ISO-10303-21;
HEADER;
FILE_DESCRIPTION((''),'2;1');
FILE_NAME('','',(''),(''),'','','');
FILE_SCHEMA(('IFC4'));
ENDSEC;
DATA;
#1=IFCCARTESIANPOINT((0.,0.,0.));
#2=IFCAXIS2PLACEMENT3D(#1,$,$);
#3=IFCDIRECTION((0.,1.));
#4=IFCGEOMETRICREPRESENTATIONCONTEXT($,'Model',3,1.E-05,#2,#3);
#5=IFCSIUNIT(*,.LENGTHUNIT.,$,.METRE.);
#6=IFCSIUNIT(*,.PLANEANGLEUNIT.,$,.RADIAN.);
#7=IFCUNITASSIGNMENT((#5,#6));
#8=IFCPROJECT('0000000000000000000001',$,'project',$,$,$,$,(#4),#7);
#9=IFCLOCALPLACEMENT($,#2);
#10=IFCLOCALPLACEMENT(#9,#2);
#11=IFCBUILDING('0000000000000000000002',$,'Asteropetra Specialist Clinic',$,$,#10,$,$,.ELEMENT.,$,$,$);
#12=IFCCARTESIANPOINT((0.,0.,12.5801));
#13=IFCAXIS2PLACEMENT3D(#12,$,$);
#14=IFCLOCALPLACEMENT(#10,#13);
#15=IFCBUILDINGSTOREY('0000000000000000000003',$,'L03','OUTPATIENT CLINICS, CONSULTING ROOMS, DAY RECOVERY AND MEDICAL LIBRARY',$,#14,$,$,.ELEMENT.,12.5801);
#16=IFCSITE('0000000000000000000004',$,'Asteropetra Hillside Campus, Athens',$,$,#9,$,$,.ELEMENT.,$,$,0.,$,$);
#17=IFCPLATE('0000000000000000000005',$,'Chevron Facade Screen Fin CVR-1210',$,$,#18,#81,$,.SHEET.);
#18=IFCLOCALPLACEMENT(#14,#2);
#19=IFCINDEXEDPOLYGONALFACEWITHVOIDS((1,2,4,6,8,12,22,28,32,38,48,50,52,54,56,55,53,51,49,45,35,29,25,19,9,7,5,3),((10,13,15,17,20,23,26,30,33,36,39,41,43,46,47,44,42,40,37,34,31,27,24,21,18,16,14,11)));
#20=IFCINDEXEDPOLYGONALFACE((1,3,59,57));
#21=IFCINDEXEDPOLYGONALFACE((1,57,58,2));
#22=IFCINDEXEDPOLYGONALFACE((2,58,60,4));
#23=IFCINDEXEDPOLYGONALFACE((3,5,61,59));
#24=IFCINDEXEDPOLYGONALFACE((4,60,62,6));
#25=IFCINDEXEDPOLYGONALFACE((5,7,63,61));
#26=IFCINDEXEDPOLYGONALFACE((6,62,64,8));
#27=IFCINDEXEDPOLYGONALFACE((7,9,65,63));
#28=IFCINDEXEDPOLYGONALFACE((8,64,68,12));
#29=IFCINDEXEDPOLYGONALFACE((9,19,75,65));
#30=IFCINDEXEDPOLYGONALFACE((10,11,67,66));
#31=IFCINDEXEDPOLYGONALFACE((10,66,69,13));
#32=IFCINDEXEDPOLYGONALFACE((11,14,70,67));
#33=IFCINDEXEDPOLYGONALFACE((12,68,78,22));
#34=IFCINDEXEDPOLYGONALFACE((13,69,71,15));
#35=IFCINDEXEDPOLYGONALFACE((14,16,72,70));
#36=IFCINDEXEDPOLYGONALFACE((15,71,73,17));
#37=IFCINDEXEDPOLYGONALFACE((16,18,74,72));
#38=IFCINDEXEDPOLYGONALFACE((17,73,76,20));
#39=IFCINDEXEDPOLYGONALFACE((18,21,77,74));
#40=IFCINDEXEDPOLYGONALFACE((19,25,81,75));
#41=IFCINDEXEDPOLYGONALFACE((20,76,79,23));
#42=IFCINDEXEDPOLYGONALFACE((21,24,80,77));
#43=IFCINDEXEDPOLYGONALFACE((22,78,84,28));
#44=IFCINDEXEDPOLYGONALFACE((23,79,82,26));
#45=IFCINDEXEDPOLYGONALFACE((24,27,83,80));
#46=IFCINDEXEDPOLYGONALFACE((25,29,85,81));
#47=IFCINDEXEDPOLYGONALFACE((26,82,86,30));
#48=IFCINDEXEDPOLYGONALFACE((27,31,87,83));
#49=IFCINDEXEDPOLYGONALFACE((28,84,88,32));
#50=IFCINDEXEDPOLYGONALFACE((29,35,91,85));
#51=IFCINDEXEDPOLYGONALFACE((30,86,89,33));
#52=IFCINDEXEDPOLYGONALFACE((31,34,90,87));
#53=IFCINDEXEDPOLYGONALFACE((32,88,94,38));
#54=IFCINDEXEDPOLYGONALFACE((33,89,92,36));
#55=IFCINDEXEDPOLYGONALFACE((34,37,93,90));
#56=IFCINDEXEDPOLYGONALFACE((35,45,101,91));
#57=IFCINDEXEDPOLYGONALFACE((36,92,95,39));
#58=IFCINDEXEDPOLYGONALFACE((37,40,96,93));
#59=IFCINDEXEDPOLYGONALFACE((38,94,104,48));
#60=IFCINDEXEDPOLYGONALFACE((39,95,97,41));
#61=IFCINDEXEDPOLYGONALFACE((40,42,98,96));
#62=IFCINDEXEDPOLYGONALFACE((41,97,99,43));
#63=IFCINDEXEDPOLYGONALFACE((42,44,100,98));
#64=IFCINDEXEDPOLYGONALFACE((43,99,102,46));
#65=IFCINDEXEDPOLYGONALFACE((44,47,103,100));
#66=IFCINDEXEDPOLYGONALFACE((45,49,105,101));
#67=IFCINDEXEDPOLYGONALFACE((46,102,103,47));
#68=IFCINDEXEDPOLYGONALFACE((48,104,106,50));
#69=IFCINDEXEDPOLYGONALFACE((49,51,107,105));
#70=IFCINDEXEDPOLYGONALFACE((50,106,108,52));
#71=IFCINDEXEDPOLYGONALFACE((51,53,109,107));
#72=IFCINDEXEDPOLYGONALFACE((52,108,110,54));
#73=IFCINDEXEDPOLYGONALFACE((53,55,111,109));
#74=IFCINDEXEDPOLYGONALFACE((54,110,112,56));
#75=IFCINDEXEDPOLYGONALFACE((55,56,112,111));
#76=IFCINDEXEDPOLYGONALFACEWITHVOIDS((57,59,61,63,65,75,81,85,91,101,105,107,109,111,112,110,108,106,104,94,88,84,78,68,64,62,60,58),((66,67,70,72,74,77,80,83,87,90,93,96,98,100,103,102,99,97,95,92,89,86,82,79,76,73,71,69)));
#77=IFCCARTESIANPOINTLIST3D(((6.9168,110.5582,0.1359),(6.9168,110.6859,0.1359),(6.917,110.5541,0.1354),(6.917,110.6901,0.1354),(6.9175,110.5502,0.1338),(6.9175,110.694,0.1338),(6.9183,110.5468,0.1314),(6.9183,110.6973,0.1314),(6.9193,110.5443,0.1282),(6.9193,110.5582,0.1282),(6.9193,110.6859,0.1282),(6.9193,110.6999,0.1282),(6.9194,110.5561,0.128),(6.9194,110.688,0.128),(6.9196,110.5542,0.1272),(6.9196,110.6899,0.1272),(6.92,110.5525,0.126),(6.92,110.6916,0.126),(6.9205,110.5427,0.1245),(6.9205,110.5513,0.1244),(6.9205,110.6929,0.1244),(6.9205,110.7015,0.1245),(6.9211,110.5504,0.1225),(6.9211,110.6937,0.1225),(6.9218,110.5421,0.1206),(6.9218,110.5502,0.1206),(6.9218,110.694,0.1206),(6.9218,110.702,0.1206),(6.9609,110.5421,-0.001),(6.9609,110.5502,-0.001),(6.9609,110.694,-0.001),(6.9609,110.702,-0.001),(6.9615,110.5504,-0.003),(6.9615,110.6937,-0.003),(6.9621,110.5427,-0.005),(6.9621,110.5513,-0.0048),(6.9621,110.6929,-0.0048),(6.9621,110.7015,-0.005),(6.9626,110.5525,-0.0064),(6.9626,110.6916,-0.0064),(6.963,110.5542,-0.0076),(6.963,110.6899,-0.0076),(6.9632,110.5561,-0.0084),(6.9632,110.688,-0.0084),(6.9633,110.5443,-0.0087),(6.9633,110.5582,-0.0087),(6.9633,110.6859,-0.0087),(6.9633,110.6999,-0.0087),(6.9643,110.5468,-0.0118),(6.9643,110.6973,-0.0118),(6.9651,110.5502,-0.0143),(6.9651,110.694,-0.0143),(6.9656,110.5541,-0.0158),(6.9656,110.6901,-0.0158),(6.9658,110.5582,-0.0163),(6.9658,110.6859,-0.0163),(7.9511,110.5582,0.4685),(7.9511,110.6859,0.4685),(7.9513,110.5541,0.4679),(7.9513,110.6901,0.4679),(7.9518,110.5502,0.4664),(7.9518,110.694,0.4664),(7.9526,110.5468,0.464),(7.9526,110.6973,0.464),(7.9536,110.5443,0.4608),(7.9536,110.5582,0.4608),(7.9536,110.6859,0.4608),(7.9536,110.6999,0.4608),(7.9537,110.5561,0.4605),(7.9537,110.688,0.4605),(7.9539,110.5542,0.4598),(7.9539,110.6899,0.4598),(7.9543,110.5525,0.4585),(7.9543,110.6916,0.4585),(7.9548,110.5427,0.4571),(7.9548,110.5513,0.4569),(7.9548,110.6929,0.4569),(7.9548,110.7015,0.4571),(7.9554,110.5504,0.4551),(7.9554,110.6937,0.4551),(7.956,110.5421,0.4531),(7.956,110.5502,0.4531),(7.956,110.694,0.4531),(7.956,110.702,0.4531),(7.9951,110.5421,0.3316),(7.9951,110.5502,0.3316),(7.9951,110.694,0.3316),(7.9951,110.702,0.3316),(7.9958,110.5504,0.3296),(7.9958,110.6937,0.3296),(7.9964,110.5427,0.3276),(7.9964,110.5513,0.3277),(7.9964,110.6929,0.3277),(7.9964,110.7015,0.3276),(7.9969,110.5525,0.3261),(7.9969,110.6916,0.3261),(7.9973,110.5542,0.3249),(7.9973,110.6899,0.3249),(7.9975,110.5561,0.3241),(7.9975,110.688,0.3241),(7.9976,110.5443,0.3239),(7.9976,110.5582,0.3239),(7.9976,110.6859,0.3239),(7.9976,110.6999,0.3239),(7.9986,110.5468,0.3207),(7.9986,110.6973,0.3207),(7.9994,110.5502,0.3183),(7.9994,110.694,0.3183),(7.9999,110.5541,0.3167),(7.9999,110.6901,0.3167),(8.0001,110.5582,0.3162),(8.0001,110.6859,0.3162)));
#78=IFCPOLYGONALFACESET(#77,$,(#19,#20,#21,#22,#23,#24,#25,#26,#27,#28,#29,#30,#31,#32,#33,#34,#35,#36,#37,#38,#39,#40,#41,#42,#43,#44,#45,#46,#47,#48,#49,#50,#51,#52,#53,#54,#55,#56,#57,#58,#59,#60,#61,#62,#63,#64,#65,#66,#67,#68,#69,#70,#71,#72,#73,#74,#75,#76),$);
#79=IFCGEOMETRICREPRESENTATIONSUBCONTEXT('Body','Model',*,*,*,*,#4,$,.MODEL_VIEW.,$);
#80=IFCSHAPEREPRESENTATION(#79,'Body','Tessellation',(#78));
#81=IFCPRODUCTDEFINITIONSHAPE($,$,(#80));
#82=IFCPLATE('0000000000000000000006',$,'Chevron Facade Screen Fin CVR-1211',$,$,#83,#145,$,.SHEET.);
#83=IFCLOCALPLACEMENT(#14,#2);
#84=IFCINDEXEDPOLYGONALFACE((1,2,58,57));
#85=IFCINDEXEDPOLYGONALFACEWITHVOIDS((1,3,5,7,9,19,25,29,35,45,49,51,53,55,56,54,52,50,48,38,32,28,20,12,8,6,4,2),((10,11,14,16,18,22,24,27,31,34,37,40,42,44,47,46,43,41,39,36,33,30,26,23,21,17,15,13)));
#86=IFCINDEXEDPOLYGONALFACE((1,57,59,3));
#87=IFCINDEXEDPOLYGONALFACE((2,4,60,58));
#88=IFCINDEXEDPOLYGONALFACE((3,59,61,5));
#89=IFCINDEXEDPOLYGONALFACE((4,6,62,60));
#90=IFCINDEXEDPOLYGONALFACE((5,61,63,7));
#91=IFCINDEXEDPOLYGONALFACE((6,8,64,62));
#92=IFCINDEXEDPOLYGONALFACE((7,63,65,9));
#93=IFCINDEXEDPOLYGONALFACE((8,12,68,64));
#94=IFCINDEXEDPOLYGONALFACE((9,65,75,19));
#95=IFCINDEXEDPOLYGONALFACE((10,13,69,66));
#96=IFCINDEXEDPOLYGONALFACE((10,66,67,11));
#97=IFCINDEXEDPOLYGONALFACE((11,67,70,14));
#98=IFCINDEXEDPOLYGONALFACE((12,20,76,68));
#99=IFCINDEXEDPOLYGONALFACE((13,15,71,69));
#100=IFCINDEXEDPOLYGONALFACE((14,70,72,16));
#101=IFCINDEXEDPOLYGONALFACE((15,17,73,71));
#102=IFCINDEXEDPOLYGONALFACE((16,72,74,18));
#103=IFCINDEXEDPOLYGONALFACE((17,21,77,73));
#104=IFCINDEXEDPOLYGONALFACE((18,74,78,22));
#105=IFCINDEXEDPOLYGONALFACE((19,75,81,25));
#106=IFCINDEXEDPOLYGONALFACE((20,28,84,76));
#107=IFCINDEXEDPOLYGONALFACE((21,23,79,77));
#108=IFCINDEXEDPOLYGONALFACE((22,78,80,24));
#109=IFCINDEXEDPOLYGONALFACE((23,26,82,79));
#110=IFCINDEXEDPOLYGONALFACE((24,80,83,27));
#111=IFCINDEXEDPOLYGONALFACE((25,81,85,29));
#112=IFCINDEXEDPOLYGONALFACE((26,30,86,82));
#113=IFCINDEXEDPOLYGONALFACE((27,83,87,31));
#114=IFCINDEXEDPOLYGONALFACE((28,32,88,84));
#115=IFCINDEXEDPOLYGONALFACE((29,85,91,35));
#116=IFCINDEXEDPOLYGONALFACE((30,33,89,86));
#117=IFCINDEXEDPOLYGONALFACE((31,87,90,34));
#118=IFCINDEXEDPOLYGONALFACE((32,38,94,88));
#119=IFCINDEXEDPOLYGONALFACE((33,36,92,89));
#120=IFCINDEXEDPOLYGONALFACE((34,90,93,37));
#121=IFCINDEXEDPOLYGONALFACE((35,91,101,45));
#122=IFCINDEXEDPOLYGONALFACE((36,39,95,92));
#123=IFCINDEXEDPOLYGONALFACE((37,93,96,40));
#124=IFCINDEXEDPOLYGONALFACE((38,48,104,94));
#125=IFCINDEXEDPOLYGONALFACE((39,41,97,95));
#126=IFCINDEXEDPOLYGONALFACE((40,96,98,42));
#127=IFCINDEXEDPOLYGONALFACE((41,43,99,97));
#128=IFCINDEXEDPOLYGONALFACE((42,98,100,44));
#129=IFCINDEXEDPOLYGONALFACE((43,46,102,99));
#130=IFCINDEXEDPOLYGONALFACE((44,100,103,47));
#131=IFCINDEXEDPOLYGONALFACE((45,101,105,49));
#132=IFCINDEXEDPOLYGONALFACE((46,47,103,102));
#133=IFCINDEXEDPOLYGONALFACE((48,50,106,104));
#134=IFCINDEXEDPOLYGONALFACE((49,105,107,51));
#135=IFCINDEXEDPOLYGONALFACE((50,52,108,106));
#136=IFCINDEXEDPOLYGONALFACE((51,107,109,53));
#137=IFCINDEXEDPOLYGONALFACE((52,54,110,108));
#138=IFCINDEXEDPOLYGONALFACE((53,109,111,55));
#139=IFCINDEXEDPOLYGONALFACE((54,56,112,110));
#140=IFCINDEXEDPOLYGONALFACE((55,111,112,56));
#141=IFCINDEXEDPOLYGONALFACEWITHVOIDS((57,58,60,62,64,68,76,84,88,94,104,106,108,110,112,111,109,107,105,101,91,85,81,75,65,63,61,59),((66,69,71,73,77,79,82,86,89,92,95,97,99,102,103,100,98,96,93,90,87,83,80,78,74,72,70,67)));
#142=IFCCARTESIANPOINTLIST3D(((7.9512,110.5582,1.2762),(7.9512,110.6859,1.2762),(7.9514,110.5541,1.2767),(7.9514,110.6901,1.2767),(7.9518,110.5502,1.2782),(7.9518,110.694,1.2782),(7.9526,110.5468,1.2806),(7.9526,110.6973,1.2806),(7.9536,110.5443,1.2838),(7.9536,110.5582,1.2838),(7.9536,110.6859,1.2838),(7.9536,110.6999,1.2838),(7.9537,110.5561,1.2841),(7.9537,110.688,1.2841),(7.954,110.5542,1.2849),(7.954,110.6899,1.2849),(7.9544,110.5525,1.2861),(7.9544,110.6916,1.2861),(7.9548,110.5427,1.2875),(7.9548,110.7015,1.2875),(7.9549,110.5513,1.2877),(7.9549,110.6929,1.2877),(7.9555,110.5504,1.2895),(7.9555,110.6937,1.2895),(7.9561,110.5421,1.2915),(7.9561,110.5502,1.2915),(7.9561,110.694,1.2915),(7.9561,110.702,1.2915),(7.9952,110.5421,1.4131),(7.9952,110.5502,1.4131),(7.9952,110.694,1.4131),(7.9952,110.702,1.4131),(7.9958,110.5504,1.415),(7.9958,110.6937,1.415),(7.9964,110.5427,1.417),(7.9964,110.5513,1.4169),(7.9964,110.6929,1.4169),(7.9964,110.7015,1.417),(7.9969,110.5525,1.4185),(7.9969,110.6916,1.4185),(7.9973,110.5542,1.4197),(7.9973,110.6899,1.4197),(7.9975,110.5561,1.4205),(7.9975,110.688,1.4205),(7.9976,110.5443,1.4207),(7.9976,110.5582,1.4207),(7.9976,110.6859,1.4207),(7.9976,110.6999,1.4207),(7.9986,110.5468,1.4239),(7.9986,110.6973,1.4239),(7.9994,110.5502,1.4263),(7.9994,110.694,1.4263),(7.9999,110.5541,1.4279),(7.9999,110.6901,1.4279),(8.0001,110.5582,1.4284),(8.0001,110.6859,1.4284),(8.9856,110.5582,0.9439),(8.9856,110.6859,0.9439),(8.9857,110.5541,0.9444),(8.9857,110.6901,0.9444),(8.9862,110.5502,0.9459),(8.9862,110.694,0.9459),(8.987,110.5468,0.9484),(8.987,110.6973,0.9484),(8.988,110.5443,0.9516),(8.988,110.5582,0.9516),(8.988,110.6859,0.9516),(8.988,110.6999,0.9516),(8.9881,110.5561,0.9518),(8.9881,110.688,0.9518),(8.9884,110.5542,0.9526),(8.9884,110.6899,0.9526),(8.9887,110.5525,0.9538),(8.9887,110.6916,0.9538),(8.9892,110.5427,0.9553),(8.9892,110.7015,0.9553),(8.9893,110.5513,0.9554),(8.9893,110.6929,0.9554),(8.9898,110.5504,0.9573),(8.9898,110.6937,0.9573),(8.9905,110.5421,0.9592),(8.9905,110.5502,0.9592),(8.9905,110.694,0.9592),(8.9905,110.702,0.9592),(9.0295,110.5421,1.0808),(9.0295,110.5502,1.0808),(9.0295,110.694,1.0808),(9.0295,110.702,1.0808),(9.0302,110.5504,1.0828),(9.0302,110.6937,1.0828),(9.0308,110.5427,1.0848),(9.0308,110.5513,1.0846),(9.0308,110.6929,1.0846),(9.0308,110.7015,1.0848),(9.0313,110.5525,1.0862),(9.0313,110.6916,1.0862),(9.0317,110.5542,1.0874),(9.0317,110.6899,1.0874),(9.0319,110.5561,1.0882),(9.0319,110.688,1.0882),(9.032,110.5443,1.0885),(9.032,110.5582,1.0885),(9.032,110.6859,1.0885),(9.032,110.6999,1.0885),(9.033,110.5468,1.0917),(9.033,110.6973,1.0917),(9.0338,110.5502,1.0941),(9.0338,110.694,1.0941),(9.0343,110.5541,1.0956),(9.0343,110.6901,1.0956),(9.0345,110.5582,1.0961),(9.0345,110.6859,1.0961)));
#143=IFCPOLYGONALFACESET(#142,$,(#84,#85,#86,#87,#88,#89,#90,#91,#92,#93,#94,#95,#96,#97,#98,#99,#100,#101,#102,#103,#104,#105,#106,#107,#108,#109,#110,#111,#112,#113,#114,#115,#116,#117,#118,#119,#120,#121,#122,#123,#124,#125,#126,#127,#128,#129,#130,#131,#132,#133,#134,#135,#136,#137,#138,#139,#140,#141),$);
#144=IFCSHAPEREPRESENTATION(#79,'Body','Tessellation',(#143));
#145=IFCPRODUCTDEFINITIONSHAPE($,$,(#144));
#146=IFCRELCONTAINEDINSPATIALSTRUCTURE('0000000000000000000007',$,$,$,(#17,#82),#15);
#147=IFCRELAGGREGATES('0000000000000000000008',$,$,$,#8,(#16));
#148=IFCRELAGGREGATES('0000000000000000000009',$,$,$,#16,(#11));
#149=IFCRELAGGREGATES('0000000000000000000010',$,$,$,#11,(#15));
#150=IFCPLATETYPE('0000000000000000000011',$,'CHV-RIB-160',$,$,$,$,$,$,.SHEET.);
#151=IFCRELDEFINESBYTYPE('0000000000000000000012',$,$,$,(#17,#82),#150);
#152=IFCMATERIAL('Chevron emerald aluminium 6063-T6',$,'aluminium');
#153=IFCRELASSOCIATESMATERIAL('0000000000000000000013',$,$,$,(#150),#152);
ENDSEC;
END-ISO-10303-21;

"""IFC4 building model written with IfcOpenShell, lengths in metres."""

from ifc_helpers import new_model, si_unit, direction, frame, origin, origin_2d, place, context, subcontext, project, spatial, hollow_rectangle, extrude, material, material_profile, profile_set, type_object, element, save


model = new_model("IFC4")

# Units and contexts
model_context = context("Model", 3, precision=1e-05, world=origin(), true_north=direction((0.0, 1.0)))
body_context = subcontext(model_context, "Body", "Model", "MODEL_VIEW")
ifc_project = project(units=[si_unit("LENGTHUNIT", "METRE"), si_unit("PLANEANGLEUNIT", "RADIAN")], contexts=[model_context])

# Site, building, storey
site_placement = place(None, origin())
site = spatial("IfcSite", under=ifc_project, at=site_placement, Name="Asteropetra Hillside Campus, Athens", CompositionType="ELEMENT", RefElevation=0.0)
building_placement = place(site_placement, origin())
building = spatial("IfcBuilding", under=site, at=building_placement, Name="Asteropetra Specialist Clinic", CompositionType="ELEMENT")
storey_placement = place(building_placement, frame((0.0, 0.0, 12.5801)))
storey = spatial("IfcBuildingStorey", under=building, at=storey_placement, Name="L03", Description="OUTPATIENT CLINICS, CONSULTING ROOMS, DAY RECOVERY AND MEDICAL LIBRARY", CompositionType="ELEMENT", Elevation=12.5801)

# Plates
ifc_material_1 = material(Name="Chevron emerald aluminium 6063-T6", Category="aluminium")
ifc_material_profile_1 = material_profile(ifc_material_1, hollow_rectangle(XDim=0.1599, YDim=0.1599, WallThickness=0.0081, InnerFilletRadius=0.0081, OuterFilletRadius=0.0161, at=origin_2d()), Name="SHS 160x160x8.0")
ifc_profile_set_1 = profile_set([ifc_material_profile_1], Name="Chevron emerald aluminium 6063-T6")
plate_type = type_object("IfcPlateType", Name="CHV-RIB-160", PredefinedType="SHEET", material=ifc_profile_set_1)
for number, where, z_axis, x_axis, name in (
    (1, (7.9756, 110.6221, 0.3923), (-0.952, 0.0, -0.306096), (0.0, -1.0, 0.0), "Chevron Facade Screen Fin CVR-1210"),
    (2, (9.01, 110.6221, 1.02), (-0.952087, 0.0, 0.305827), (0.0, -1.0, 0.0), "Chevron Facade Screen Fin CVR-1211"),
):
    element("IfcPlate", number, at=place(storey_placement, frame(where, z_axis=z_axis, x_axis=x_axis)), inside=storey, type_object=plate_type, Name=name, PredefinedType="SHEET", context=body_context, shape_type="SweptSolid", body=[
        extrude(hollow_rectangle(XDim=0.1599, YDim=0.1599, WallThickness=0.0081, InnerFilletRadius=0.0081, OuterFilletRadius=0.0161, at=origin_2d()), origin(), (0.0, 0.0, 1.0), 1.0864),
    ])

save(model, "model.ifc")
